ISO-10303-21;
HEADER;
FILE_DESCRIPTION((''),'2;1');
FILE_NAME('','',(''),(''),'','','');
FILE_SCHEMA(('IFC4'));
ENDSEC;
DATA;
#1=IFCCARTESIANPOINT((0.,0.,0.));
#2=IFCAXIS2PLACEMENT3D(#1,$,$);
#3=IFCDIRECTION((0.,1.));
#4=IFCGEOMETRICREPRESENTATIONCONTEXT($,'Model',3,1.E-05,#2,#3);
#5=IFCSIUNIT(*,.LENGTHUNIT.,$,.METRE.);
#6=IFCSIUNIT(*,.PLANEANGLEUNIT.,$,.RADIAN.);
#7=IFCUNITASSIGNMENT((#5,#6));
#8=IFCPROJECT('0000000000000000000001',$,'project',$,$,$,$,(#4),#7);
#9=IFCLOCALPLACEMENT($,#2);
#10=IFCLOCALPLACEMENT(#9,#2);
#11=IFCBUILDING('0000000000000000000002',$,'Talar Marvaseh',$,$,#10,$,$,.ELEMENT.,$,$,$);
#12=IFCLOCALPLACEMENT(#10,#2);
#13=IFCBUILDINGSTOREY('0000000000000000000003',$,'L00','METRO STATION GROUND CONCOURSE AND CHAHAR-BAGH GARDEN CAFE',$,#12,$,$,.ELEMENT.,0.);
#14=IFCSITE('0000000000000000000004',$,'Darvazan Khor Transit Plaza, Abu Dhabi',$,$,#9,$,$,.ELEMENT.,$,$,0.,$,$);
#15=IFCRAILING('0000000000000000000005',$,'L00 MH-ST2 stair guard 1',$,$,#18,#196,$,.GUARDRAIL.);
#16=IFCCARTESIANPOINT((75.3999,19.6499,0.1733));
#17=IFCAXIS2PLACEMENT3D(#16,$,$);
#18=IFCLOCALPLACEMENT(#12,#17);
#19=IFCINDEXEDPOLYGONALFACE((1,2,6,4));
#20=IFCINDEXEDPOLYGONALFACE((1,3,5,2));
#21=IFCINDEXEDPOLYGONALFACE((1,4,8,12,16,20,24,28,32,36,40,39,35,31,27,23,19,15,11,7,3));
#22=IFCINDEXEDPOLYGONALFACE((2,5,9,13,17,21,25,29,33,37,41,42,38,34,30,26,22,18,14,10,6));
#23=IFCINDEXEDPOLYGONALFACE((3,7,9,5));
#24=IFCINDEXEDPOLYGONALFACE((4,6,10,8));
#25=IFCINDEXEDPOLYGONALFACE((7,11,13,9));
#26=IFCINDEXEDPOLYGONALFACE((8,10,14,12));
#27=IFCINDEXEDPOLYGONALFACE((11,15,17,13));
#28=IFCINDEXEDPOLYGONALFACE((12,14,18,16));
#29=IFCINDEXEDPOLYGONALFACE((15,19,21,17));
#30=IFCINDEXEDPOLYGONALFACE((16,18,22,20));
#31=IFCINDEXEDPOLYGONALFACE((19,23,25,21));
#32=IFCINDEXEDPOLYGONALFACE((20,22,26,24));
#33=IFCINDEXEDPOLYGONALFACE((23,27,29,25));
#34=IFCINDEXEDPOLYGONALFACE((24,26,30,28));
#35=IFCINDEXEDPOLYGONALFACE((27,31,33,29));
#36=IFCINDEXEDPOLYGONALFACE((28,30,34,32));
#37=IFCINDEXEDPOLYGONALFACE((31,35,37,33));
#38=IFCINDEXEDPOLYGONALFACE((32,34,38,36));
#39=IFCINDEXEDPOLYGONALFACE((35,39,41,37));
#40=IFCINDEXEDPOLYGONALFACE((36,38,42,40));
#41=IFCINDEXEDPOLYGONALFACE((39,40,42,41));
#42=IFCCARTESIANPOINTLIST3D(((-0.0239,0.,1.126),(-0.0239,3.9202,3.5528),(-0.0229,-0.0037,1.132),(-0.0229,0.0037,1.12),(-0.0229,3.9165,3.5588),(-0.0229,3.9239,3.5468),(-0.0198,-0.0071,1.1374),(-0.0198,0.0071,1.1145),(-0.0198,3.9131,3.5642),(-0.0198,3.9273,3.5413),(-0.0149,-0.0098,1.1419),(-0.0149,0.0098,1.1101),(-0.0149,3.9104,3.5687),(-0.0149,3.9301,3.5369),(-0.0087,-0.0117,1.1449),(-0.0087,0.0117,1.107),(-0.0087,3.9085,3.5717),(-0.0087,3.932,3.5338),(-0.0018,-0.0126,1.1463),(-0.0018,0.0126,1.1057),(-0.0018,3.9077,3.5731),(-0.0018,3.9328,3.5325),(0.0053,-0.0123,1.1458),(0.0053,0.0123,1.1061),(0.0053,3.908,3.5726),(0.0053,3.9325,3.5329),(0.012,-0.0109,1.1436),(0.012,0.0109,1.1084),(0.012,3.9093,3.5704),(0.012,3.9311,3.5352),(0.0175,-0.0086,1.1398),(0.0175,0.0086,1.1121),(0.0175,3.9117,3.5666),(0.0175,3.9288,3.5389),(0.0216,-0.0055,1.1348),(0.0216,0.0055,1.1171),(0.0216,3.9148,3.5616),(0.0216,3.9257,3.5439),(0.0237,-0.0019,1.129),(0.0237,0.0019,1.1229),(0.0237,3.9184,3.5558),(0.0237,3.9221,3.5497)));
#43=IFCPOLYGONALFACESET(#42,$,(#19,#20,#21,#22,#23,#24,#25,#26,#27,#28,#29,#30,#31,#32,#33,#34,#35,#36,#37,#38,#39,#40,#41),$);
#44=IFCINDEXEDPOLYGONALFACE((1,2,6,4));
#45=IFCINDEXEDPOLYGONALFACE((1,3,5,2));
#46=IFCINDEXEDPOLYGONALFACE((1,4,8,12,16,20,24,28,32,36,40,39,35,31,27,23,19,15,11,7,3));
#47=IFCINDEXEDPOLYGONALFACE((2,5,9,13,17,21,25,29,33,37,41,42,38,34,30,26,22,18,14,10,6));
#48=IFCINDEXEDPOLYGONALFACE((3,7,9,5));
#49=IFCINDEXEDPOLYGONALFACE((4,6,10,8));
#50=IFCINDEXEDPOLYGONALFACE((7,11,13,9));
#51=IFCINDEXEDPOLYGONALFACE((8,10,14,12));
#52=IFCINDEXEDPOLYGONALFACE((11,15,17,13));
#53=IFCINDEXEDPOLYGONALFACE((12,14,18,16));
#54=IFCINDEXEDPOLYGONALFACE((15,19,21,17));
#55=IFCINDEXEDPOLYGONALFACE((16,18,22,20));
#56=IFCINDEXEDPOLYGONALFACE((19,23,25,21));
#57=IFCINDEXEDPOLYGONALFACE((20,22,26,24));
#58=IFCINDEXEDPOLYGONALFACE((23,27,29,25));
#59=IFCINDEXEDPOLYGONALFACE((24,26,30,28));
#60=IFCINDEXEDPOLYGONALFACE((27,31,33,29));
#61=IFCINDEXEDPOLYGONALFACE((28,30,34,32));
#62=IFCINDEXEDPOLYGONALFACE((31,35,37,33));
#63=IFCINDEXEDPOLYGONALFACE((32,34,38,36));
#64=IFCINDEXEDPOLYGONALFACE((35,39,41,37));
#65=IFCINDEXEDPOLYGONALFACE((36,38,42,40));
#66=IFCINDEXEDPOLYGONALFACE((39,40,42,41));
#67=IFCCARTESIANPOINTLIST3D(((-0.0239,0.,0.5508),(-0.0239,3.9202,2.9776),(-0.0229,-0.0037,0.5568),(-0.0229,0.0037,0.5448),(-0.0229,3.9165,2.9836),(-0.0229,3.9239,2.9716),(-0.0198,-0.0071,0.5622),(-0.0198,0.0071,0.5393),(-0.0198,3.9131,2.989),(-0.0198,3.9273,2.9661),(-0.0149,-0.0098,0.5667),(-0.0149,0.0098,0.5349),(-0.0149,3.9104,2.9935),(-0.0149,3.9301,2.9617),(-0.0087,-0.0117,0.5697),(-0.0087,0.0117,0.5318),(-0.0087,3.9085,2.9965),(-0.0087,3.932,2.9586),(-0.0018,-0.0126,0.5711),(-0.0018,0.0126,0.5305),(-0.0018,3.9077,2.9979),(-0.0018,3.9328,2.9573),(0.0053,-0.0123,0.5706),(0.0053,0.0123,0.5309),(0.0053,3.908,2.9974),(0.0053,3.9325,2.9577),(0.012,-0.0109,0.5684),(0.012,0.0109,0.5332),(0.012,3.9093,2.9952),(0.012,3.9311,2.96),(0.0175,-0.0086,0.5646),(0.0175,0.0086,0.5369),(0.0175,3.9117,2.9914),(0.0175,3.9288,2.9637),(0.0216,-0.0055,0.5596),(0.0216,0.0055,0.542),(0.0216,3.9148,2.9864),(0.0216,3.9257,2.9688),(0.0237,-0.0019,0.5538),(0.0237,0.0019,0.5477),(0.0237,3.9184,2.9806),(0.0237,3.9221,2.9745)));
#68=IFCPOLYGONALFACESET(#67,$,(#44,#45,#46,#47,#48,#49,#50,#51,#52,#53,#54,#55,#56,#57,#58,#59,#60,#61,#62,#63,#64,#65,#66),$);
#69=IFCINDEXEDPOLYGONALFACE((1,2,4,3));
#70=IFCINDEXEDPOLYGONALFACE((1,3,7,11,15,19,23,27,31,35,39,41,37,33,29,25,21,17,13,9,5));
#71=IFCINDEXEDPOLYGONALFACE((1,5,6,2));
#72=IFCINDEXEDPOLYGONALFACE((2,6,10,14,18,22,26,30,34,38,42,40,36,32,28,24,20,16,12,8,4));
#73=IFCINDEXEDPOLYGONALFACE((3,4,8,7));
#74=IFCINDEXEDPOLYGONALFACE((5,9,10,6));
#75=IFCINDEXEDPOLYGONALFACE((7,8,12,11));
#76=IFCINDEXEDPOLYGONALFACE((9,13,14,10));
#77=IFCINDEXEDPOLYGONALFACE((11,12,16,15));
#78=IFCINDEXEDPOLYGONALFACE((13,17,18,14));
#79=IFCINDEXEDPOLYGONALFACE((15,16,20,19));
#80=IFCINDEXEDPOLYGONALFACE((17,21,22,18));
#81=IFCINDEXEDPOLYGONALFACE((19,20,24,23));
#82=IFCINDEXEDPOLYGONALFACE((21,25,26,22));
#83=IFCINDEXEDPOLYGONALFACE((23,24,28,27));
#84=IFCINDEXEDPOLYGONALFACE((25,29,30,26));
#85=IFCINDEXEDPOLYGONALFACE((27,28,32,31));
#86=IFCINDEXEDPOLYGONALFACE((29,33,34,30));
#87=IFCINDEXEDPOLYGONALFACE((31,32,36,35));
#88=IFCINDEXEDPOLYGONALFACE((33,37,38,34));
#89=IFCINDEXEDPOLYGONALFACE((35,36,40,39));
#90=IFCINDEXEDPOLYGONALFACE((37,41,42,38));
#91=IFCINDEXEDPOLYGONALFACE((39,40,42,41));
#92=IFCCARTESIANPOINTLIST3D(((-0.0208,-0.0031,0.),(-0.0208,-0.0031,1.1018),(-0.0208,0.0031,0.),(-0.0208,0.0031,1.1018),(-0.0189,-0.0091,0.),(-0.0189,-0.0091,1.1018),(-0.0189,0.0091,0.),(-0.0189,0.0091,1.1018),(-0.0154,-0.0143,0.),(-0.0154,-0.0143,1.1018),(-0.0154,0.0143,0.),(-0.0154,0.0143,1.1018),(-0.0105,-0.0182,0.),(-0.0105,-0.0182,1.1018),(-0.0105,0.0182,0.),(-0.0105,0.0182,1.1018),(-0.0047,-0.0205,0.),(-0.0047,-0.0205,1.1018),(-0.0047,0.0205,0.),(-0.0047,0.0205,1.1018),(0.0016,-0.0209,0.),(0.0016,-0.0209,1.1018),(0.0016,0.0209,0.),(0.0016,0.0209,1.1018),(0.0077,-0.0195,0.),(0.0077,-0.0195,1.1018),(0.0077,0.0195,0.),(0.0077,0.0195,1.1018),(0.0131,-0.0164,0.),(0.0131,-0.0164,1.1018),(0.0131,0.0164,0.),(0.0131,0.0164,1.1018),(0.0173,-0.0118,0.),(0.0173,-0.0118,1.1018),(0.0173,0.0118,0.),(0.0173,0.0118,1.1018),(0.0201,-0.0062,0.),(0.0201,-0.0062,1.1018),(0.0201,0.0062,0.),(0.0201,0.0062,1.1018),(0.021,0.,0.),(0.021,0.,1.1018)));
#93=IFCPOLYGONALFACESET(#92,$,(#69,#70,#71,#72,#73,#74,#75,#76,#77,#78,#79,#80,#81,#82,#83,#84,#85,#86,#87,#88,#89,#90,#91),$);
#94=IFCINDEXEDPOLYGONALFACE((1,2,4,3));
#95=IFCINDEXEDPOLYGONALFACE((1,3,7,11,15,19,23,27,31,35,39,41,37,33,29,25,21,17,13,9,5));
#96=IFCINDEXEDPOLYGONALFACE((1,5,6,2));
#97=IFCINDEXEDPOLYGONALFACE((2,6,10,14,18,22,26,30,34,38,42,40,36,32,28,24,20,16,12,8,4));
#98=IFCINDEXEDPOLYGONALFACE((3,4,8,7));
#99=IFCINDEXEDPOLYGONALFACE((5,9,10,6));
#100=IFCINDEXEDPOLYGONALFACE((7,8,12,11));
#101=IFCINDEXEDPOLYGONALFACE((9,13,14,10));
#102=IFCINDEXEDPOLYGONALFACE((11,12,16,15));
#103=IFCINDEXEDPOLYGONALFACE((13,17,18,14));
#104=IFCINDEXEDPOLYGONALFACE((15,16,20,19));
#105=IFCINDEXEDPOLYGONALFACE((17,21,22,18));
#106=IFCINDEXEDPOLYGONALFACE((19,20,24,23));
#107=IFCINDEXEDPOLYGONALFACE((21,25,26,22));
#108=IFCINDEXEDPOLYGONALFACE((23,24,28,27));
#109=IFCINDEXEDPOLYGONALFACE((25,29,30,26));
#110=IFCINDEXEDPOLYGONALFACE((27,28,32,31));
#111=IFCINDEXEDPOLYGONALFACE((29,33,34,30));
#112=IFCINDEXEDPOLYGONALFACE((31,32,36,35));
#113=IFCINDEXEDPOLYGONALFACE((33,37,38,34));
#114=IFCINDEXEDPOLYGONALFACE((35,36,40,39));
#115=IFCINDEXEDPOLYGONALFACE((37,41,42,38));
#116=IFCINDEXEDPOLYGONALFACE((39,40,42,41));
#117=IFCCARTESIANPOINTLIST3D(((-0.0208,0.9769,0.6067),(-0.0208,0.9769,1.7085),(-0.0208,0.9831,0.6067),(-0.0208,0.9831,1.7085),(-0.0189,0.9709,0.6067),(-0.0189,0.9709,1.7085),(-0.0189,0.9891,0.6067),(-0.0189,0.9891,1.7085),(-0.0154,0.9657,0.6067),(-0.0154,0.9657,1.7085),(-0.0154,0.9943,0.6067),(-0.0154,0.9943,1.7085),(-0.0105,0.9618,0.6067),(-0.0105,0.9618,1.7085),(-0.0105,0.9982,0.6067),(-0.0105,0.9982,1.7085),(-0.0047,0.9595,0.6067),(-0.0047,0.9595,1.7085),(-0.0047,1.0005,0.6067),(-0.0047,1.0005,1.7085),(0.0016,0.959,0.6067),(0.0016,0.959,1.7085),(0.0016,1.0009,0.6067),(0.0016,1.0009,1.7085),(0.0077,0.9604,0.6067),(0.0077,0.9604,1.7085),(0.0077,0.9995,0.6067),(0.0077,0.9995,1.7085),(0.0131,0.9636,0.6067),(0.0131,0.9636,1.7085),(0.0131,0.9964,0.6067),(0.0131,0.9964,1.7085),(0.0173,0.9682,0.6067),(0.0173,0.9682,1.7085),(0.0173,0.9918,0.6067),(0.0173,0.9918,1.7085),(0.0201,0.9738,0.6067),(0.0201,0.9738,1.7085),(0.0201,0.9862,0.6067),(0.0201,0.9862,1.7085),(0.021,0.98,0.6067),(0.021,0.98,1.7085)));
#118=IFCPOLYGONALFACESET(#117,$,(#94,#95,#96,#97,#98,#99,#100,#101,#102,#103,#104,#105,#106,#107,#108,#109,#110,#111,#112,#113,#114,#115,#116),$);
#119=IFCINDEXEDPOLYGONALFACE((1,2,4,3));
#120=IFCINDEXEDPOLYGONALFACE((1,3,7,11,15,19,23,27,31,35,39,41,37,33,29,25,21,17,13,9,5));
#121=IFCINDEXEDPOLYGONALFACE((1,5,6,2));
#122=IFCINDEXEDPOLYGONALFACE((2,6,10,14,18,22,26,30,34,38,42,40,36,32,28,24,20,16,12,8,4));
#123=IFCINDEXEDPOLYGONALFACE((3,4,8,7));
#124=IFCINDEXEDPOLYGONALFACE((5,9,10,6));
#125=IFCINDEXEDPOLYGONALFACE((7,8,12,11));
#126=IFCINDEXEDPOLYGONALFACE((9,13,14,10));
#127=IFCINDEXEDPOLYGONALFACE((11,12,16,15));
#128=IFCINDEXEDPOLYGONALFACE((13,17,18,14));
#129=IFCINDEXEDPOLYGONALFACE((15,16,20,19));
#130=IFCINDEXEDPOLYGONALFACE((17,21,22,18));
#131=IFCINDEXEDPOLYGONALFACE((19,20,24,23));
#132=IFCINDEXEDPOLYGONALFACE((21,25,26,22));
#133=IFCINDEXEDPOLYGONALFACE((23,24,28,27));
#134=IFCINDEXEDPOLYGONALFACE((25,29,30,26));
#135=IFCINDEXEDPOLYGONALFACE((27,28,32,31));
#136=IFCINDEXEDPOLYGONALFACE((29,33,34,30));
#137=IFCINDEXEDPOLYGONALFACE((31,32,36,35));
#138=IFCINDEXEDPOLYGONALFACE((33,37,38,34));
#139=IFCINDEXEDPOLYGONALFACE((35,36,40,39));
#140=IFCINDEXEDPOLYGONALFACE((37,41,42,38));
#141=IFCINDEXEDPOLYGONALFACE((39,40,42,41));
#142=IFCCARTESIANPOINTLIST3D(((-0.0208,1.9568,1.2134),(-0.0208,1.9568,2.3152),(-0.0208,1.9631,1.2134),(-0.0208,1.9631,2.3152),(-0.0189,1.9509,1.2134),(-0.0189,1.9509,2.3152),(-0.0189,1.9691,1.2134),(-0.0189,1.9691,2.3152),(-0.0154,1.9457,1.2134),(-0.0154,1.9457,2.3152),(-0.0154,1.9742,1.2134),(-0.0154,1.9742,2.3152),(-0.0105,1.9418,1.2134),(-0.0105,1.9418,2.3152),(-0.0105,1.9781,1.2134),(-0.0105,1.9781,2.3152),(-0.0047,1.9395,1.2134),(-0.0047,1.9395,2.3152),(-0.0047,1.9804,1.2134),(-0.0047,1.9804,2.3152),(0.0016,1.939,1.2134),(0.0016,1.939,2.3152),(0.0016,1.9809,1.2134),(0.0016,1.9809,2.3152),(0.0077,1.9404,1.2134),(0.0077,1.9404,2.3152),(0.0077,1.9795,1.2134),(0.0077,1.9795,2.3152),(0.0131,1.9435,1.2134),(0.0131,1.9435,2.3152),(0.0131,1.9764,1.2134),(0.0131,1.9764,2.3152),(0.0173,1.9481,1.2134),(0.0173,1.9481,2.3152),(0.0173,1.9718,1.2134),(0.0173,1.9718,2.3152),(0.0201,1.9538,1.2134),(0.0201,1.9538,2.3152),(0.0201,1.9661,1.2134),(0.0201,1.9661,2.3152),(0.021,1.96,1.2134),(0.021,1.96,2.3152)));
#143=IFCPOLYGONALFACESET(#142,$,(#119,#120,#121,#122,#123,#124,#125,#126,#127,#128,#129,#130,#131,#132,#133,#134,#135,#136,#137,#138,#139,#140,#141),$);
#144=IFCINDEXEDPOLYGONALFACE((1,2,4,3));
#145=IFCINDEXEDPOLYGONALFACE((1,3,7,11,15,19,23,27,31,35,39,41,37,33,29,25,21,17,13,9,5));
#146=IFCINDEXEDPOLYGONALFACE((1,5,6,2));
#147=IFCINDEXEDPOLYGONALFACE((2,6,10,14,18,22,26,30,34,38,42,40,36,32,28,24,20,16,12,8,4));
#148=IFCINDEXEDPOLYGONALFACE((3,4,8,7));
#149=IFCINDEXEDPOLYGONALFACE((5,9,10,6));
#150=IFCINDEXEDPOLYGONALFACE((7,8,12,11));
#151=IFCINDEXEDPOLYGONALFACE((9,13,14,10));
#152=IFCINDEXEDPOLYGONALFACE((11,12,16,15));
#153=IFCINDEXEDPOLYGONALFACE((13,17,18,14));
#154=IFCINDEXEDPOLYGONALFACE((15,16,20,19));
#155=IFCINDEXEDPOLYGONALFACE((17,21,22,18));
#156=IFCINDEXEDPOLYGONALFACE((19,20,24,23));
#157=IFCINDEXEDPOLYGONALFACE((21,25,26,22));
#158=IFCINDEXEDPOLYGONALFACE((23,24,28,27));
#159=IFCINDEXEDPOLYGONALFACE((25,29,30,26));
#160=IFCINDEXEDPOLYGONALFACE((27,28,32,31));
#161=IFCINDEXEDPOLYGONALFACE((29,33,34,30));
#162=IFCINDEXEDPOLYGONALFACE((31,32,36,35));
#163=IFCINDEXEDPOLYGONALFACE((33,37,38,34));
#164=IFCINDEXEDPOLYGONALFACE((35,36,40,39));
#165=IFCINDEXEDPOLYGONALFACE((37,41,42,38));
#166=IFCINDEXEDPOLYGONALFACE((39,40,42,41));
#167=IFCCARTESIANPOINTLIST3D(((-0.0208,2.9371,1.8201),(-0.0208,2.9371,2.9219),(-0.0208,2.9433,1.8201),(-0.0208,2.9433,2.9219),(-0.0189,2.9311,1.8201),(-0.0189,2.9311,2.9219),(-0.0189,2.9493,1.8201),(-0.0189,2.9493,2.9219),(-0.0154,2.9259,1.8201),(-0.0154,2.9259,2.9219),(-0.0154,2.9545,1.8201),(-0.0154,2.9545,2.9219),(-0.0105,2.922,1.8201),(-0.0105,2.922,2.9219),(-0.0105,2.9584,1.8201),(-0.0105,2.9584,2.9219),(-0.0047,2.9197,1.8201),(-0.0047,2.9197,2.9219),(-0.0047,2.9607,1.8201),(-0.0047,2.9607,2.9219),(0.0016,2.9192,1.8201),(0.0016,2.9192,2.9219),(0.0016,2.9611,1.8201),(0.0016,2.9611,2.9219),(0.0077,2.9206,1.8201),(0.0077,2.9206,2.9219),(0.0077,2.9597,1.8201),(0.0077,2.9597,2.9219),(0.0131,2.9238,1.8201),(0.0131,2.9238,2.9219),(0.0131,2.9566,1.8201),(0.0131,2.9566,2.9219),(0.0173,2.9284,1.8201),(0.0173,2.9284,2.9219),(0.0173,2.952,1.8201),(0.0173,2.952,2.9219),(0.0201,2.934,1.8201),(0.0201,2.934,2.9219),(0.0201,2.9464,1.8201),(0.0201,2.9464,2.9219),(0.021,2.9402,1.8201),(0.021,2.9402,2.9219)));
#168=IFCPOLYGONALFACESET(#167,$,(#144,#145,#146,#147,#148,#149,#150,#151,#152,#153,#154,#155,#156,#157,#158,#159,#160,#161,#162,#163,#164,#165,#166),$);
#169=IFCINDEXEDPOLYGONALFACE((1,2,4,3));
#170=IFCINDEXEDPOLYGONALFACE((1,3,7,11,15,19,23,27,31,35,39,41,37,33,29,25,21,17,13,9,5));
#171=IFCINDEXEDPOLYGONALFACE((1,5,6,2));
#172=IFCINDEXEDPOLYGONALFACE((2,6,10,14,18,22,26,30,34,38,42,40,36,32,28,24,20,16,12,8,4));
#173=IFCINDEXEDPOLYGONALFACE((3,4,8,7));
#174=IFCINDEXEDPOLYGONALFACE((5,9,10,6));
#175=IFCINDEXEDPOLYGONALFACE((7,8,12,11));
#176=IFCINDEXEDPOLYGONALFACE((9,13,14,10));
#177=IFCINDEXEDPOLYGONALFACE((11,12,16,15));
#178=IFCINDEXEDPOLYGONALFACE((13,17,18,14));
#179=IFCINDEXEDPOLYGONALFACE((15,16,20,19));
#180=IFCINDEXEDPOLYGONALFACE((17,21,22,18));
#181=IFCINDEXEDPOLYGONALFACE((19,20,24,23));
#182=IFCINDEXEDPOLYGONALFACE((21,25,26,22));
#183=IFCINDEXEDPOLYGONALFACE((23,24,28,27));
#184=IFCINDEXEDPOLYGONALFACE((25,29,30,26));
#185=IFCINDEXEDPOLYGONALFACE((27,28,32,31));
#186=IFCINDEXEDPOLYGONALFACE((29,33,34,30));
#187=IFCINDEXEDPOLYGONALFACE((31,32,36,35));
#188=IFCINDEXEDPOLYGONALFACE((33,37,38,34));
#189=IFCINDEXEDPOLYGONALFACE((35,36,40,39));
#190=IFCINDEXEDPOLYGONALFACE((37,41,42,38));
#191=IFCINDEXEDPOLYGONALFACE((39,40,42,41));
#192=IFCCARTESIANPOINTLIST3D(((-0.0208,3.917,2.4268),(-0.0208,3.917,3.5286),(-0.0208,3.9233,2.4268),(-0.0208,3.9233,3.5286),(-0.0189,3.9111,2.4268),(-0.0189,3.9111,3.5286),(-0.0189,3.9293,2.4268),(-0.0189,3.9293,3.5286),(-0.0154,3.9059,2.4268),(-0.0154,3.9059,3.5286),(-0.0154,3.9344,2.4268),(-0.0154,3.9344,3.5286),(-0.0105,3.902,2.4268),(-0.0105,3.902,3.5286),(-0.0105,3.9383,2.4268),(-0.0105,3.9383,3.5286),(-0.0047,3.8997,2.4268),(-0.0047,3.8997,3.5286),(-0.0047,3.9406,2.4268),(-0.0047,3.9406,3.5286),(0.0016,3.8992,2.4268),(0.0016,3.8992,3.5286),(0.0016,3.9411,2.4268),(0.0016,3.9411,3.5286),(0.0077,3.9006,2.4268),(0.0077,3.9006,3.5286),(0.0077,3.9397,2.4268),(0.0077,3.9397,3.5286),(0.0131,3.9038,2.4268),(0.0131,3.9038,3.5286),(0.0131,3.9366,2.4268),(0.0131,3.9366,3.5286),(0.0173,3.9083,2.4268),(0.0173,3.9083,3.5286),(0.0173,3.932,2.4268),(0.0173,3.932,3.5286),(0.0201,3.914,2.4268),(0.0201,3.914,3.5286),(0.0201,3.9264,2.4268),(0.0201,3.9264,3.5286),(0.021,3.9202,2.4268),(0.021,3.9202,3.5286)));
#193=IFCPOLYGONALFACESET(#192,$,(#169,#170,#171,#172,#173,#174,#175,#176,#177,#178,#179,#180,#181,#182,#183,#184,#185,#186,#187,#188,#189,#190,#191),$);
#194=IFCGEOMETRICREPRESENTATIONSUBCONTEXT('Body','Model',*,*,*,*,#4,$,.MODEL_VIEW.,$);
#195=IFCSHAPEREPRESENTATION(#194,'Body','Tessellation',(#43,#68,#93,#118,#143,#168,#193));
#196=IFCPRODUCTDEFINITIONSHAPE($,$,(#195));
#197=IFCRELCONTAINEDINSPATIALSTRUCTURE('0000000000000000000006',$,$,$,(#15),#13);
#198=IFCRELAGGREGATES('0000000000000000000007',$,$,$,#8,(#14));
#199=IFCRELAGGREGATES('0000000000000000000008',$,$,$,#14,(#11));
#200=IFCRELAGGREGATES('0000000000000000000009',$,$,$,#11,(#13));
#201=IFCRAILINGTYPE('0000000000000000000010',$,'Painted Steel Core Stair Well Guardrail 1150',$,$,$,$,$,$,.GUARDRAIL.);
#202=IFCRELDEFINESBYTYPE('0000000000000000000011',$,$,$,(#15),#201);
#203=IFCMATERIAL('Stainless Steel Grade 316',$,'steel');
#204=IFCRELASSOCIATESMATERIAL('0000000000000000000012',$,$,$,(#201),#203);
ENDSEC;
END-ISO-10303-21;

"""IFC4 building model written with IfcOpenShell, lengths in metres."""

from ifc_helpers import new_model, si_unit, direction, frame, origin, origin_2d, place, context, subcontext, project, spatial, circle, extrude, material, type_object, element, save


model = new_model("IFC4")

# Units and contexts
model_context = context("Model", 3, precision=1e-05, world=origin(), true_north=direction((0.0, 1.0)))
body_context = subcontext(model_context, "Body", "Model", "MODEL_VIEW")
ifc_project = project(units=[si_unit("LENGTHUNIT", "METRE"), si_unit("PLANEANGLEUNIT", "RADIAN")], contexts=[model_context])

# Site, building, storey
site_placement = place(None, origin())
site = spatial("IfcSite", under=ifc_project, at=site_placement, Name="Darvazan Khor Transit Plaza, Abu Dhabi", CompositionType="ELEMENT", RefElevation=0.0)
building_placement = place(site_placement, origin())
building = spatial("IfcBuilding", under=site, at=building_placement, Name="Talar Marvaseh", CompositionType="ELEMENT")
storey_placement = place(building_placement, origin())
storey = spatial("IfcBuildingStorey", under=building, at=storey_placement, Name="L00", Description="METRO STATION GROUND CONCOURSE AND CHAHAR-BAGH GARDEN CAFE", CompositionType="ELEMENT", Elevation=0.0)

# Railing
ifc_material_1 = material(Name="Stainless Steel Grade 316", Category="steel")
railing_type_1 = type_object("IfcRailingType", Name="Painted Steel Core Stair Well Guardrail 1150", PredefinedType="GUARDRAIL", material=ifc_material_1)
railing_1_placement = place(storey_placement, frame((75.3999, 19.6499, 0.1733)))
element("IfcRailing", 1, at=railing_1_placement, inside=storey, type_object=railing_type_1, Name="L00 MH-ST2 stair guard 1", PredefinedType="GUARDRAIL", context=body_context, shape_type="SweptSolid", body=[
    extrude(circle(Radius=0.0239, at=origin_2d()), frame((0.0, 0.0, 1.126), z_axis=(0.0, 0.850266, 0.526353), x_axis=(-1.0, 0.0, 0.0)), (0.0, 0.0, 1.0), 4.6106),
    extrude(circle(Radius=0.0239, at=origin_2d()), frame((0.0, 0.0, 0.5508), z_axis=(0.0, 0.850266, 0.526353), x_axis=(-1.0, 0.0, 0.0)), (0.0, 0.0, 1.0), 4.6106),
    extrude(circle(Radius=0.021, at=origin_2d()), origin(), (0.0, 0.0, 1.0), 1.1018),
    extrude(circle(Radius=0.021, at=origin_2d()), frame((0.0, 0.98, 0.6067)), (0.0, 0.0, 1.0), 1.1018),
    extrude(circle(Radius=0.021, at=origin_2d()), frame((0.0, 1.96, 1.2134)), (0.0, 0.0, 1.0), 1.1018),
    extrude(circle(Radius=0.021, at=origin_2d()), frame((0.0, 2.9402, 1.8201)), (0.0, 0.0, 1.0), 1.1018),
    extrude(circle(Radius=0.021, at=origin_2d()), frame((0.0, 3.9202, 2.4268)), (0.0, 0.0, 1.0), 1.1018),
])

save(model, "model.ifc")
